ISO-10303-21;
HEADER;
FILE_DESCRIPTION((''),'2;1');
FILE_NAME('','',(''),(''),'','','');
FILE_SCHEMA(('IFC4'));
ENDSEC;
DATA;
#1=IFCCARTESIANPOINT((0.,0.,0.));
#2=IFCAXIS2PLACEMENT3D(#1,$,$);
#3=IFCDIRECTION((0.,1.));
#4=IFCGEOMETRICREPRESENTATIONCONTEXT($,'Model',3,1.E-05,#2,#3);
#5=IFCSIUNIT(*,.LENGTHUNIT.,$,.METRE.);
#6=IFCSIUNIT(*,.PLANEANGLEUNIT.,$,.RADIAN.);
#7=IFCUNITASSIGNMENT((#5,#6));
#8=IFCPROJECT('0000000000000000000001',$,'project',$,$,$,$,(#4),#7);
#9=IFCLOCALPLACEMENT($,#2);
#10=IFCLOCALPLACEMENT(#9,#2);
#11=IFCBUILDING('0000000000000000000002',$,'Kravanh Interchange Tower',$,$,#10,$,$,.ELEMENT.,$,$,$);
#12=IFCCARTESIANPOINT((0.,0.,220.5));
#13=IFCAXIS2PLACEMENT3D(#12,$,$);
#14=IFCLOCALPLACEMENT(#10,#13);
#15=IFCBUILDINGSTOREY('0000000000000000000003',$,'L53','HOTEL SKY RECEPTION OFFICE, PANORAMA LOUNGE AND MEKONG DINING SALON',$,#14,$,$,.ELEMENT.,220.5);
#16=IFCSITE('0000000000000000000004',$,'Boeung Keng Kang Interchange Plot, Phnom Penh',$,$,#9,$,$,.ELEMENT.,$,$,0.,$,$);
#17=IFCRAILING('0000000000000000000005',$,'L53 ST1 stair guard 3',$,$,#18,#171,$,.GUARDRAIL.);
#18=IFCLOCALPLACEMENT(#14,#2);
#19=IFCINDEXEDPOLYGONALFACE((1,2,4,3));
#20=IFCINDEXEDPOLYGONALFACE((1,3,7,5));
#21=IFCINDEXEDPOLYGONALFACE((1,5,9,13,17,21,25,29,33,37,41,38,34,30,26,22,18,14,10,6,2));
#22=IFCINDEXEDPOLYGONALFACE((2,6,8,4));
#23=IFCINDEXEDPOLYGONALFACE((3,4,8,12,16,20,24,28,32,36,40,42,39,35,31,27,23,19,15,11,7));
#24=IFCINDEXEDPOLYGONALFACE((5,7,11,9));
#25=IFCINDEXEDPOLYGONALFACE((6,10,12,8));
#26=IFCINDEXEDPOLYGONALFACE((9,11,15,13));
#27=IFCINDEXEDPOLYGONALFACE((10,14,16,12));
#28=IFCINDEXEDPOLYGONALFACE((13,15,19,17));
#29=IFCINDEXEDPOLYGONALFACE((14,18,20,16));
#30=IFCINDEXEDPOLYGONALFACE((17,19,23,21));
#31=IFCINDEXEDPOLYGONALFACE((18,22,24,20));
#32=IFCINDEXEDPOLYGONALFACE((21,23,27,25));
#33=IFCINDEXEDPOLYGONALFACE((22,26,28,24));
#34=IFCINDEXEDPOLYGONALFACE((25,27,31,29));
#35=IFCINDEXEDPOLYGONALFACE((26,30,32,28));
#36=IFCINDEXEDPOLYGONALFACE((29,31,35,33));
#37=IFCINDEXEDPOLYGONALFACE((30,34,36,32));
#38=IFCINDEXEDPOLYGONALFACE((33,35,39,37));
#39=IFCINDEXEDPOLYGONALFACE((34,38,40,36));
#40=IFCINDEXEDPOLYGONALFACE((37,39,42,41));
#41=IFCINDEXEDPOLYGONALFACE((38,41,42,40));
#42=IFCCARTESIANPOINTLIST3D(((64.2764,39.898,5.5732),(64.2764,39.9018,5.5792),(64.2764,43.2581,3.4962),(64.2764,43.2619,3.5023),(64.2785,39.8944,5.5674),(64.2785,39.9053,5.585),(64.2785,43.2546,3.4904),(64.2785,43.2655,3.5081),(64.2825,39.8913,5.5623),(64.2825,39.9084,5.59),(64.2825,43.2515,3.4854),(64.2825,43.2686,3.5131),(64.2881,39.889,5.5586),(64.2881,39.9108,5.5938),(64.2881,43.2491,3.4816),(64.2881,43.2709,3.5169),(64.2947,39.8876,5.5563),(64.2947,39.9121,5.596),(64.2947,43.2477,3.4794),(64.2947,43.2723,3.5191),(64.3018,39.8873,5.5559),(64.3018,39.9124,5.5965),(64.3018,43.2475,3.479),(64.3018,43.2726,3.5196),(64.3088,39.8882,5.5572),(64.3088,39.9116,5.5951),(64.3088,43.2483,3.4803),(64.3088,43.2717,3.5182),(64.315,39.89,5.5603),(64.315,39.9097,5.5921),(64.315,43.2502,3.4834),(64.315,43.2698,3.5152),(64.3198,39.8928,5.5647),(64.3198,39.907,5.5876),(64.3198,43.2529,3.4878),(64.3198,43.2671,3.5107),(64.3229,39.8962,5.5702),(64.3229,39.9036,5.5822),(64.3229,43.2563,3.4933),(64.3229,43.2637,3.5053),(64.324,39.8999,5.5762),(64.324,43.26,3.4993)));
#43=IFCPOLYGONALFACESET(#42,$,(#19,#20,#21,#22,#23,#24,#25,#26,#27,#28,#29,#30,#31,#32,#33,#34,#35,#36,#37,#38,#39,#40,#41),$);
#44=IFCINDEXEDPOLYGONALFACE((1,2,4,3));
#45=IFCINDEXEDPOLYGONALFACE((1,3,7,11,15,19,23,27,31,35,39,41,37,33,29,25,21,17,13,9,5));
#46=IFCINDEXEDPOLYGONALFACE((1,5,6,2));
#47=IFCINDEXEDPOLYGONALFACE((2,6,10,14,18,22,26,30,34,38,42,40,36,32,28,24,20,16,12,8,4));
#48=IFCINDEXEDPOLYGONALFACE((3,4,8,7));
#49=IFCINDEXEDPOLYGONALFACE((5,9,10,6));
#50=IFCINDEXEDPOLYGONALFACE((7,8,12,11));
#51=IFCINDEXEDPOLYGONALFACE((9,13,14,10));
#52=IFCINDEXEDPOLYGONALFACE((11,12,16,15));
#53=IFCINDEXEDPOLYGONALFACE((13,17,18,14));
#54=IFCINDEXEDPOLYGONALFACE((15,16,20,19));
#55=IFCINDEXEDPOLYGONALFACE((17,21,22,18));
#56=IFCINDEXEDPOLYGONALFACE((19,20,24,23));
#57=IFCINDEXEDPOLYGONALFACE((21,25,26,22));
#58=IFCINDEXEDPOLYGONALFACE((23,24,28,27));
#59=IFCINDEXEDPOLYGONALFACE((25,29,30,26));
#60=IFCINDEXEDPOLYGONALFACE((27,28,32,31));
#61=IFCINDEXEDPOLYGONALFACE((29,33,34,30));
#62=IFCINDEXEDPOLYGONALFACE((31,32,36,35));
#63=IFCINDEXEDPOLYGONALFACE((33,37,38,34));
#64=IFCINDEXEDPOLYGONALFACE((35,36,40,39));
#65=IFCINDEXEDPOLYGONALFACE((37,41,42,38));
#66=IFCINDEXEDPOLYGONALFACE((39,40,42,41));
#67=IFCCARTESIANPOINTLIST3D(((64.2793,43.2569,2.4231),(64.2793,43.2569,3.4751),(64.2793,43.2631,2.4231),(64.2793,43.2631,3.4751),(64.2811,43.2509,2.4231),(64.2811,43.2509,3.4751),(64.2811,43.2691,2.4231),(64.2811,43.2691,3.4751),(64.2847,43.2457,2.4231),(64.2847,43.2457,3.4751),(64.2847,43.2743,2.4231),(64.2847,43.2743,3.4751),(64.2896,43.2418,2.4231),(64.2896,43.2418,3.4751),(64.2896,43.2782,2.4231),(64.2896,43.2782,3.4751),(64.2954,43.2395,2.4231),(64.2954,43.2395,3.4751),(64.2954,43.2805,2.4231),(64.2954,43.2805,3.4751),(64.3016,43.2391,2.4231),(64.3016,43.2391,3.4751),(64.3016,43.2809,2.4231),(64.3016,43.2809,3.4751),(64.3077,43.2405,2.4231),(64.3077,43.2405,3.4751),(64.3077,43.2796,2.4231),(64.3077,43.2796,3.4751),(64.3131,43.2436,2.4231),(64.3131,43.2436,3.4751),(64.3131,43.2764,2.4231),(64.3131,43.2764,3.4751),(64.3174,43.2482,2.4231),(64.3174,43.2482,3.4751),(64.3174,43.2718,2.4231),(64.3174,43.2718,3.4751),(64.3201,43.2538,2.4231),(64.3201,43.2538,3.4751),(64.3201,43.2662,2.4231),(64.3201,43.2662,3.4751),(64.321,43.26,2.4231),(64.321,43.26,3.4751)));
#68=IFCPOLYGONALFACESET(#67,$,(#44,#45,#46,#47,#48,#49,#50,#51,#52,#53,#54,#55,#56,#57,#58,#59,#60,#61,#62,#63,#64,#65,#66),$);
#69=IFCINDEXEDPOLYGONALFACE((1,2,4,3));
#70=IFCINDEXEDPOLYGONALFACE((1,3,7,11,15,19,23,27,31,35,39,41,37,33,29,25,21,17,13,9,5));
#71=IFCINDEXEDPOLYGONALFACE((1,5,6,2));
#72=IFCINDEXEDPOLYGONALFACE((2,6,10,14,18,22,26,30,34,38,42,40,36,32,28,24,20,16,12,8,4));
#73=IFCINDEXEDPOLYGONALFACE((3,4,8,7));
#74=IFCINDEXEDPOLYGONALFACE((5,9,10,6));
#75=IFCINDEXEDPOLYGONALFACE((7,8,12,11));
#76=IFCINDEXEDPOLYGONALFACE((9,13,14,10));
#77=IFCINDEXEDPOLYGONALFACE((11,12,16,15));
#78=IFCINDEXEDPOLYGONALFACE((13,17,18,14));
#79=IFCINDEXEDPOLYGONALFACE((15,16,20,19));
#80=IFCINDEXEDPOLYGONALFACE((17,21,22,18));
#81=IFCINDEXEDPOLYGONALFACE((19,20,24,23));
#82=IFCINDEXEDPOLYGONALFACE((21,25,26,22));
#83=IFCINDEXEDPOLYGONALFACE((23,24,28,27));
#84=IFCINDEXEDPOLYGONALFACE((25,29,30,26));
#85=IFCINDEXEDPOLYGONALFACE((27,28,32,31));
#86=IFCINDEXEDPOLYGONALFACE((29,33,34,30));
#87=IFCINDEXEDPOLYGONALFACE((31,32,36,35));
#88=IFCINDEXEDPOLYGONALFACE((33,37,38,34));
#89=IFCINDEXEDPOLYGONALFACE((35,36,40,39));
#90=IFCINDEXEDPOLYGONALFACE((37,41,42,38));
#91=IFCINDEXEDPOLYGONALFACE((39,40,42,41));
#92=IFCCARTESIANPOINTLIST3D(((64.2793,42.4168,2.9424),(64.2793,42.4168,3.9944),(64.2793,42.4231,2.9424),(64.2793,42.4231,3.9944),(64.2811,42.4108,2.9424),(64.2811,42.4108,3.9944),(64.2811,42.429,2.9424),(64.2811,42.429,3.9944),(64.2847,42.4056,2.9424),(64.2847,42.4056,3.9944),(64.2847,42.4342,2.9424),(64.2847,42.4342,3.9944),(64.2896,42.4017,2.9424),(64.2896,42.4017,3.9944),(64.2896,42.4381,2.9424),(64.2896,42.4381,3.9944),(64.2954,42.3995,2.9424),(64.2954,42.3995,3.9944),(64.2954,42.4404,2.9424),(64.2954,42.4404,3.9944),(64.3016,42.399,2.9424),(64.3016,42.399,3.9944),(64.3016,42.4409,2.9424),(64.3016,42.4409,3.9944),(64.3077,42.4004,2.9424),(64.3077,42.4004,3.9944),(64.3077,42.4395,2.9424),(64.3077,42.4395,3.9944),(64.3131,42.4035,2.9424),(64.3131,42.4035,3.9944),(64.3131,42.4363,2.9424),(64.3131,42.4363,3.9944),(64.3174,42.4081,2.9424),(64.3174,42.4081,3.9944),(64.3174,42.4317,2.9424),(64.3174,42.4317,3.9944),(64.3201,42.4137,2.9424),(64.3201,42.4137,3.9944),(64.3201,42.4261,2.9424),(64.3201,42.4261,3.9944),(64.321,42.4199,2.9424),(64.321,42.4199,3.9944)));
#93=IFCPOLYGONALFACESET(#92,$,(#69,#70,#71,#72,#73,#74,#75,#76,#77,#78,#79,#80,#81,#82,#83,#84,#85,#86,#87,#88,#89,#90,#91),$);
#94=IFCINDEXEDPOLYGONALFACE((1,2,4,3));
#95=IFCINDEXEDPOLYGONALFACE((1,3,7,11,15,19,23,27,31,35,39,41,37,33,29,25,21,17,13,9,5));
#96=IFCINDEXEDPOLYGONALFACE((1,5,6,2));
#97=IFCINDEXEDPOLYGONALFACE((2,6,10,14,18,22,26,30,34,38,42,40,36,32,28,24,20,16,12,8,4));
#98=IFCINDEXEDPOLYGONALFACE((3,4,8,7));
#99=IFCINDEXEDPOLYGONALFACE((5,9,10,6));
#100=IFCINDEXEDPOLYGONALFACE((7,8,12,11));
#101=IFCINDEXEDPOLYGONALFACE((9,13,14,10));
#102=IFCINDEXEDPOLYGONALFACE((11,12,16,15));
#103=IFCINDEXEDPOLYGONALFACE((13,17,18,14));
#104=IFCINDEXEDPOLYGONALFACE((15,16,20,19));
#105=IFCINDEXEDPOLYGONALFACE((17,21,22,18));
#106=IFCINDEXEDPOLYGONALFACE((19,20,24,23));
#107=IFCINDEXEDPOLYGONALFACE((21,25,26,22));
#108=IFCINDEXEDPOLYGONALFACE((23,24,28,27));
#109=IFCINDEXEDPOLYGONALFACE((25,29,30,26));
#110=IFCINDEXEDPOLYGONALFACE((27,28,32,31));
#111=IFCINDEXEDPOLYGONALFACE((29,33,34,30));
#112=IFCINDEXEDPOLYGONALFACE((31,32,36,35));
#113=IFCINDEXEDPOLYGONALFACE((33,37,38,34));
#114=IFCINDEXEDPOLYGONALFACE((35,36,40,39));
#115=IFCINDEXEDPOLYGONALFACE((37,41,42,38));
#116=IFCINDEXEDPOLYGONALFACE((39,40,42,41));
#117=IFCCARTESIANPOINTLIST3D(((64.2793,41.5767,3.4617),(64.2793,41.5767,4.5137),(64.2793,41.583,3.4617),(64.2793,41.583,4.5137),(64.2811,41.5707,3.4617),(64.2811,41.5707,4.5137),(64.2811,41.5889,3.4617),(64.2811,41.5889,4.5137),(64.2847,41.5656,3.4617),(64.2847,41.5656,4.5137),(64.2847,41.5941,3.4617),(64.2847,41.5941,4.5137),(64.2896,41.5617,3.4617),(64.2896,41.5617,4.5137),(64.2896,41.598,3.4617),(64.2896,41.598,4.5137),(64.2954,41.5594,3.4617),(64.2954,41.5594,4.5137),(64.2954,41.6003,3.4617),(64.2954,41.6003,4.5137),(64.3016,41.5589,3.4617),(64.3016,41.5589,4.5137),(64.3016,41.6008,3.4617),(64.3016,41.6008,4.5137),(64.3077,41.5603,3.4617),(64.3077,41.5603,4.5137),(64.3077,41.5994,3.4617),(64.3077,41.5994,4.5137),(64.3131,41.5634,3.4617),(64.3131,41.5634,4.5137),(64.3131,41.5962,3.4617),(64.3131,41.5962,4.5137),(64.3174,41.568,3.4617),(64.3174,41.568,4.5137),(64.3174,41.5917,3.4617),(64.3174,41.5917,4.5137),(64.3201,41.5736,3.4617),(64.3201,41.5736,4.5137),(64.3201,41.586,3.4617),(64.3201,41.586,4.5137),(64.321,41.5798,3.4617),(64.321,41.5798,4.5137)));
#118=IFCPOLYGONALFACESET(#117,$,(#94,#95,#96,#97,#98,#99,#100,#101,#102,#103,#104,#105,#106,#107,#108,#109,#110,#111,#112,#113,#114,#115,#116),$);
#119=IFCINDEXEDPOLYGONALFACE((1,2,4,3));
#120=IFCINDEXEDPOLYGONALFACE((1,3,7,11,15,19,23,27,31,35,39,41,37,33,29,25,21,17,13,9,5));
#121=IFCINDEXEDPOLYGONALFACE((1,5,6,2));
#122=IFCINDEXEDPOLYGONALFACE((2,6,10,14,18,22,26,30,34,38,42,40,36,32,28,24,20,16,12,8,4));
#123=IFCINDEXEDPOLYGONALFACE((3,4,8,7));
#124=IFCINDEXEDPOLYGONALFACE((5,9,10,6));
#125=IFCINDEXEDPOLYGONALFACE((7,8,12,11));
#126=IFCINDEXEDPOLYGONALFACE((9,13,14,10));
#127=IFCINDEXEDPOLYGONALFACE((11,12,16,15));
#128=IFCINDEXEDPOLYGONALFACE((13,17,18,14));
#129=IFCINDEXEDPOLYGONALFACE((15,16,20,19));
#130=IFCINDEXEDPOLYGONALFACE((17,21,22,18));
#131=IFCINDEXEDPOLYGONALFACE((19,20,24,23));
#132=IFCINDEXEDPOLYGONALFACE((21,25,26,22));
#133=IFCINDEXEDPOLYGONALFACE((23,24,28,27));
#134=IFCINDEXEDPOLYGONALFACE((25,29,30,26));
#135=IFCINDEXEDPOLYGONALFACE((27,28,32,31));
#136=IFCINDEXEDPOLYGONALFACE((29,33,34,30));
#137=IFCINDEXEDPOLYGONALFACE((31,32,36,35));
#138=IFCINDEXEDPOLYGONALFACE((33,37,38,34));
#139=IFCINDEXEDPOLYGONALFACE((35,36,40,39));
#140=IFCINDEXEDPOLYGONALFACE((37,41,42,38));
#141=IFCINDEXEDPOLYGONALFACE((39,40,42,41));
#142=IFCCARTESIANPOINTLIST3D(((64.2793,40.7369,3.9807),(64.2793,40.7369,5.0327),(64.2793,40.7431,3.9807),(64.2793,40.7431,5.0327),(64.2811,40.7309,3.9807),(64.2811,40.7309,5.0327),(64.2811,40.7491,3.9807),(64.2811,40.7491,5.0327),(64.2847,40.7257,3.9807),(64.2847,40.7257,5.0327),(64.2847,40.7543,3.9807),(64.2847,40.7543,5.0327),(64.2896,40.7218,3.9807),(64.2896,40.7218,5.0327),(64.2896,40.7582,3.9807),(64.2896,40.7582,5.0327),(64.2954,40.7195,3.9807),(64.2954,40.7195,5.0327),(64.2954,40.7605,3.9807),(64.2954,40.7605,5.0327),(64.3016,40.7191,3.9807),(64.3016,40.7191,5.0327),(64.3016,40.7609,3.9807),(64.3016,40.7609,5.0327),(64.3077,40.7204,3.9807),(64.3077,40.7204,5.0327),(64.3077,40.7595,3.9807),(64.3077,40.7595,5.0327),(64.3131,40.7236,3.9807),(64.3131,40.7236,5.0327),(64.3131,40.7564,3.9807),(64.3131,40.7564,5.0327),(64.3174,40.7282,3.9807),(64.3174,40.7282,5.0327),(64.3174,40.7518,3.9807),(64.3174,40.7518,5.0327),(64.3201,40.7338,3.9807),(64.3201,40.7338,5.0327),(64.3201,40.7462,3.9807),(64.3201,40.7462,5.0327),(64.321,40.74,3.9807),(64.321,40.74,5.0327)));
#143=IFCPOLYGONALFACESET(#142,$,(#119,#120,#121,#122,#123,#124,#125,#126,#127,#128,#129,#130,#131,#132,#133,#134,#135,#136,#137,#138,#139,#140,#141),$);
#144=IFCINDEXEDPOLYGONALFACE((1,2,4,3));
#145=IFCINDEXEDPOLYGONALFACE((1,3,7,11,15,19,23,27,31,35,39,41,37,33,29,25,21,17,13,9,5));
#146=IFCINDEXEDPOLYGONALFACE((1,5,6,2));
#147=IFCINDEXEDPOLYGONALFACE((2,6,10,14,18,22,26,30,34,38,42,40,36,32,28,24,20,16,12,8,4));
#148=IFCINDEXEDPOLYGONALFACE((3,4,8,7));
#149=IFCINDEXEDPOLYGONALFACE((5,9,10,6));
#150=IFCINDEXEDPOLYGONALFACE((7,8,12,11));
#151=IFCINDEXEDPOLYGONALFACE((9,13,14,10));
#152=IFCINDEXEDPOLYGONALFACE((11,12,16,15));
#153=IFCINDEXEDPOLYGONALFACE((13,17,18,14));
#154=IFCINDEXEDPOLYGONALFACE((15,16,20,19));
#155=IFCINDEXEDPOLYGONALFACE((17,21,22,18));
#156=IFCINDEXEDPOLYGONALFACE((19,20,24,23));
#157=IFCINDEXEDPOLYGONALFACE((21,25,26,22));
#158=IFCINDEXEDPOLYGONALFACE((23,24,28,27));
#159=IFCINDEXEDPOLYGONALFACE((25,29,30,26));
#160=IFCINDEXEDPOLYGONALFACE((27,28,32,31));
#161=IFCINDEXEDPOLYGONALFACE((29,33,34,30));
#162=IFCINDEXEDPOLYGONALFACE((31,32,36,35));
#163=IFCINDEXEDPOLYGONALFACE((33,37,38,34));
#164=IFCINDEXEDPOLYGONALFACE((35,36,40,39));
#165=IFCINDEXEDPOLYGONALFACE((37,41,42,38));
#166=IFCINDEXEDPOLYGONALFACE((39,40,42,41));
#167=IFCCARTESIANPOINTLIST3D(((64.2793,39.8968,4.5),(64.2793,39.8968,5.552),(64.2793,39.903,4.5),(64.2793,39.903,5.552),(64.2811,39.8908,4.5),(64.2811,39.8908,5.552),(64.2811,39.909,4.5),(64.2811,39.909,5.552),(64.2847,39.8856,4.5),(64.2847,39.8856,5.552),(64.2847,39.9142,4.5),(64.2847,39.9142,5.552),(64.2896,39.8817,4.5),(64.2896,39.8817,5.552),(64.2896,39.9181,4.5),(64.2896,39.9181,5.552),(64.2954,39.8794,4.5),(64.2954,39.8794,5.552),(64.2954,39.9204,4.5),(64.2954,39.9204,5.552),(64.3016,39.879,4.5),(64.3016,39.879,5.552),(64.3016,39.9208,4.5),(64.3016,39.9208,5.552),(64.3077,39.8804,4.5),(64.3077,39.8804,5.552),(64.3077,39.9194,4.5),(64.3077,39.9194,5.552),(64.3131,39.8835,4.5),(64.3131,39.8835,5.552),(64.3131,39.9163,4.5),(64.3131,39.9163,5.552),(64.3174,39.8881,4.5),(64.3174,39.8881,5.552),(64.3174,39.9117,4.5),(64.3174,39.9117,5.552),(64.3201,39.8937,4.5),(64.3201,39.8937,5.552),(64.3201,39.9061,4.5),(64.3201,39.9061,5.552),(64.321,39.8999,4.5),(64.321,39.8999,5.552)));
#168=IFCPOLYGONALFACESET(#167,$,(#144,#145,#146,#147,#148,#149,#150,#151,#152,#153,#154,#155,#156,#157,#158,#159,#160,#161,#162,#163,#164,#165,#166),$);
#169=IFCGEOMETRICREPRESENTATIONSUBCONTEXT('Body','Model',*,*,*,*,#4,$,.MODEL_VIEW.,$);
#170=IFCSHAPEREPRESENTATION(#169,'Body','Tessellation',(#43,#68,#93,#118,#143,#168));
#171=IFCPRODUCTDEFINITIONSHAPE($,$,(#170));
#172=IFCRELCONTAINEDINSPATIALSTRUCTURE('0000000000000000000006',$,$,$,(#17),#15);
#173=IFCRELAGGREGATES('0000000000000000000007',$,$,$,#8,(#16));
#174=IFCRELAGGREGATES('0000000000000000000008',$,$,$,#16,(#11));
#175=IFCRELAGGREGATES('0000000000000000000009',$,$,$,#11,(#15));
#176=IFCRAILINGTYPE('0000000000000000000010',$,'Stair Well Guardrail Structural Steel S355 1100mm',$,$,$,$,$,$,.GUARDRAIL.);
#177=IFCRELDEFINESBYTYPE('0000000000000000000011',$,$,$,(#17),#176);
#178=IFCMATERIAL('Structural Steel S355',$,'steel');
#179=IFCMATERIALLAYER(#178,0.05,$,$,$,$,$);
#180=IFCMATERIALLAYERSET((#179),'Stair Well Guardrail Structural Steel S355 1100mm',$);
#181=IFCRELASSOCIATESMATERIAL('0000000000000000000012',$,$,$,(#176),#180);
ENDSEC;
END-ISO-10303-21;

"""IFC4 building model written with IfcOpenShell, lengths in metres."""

from ifc_helpers import new_model, si_unit, direction, frame, origin, origin_2d, place, context, subcontext, project, spatial, circle, extrude, material, layer, layer_set, type_object, element, save


model = new_model("IFC4")

# Units and contexts
model_context = context("Model", 3, precision=1e-05, world=origin(), true_north=direction((0.0, 1.0)))
body_context = subcontext(model_context, "Body", "Model", "MODEL_VIEW")
ifc_project = project(units=[si_unit("LENGTHUNIT", "METRE"), si_unit("PLANEANGLEUNIT", "RADIAN")], contexts=[model_context])

# Site, building, storey
site_placement = place(None, origin())
site = spatial("IfcSite", under=ifc_project, at=site_placement, Name="Boeung Keng Kang Interchange Plot, Phnom Penh", CompositionType="ELEMENT", RefElevation=0.0)
building_placement = place(site_placement, origin())
building = spatial("IfcBuilding", under=site, at=building_placement, Name="Kravanh Interchange Tower", CompositionType="ELEMENT")
storey_placement = place(building_placement, frame((0.0, 0.0, 220.5)))
storey = spatial("IfcBuildingStorey", under=building, at=storey_placement, Name="L53", Description="HOTEL SKY RECEPTION OFFICE, PANORAMA LOUNGE AND MEKONG DINING SALON", CompositionType="ELEMENT", Elevation=220.5)

# Railing
ifc_material_1 = material(Name="Structural Steel S355", Category="steel")
ifc_layer_1 = layer(ifc_material_1, 0.05)
ifc_layer_set_1 = layer_set([ifc_layer_1], Name="Stair Well Guardrail Structural Steel S355 1100mm")
railing_type_1 = type_object("IfcRailingType", Name="Stair Well Guardrail Structural Steel S355 1100mm", PredefinedType="GUARDRAIL", material=ifc_layer_set_1)
railing_1_placement = place(storey_placement, frame((64.3, 43.26, 2.4231)))
element("IfcRailing", 1, at=railing_1_placement, inside=storey, type_object=railing_type_1, Name="L53 ST1 stair guard 3", PredefinedType="GUARDRAIL", context=body_context, shape_type="SweptSolid", body=[
    extrude(circle(Radius=0.0239, at=origin_2d()), frame((0.0, 0.0, 1.0762), z_axis=(0.0, -0.850623, 0.525776), x_axis=(1.0, 0.0, 0.0)), (0.0, 0.0, 1.0), 3.9502),
    extrude(circle(Radius=0.021, at=origin_2d()), origin(), (0.0, 0.0, 1.0), 1.052),
    extrude(circle(Radius=0.021, at=origin_2d()), frame((0.0, -0.8401, 0.5193)), (0.0, 0.0, 1.0), 1.052),
    extrude(circle(Radius=0.021, at=origin_2d()), frame((0.0, -1.6802, 1.0386)), (0.0, 0.0, 1.0), 1.052),
    extrude(circle(Radius=0.021, at=origin_2d()), frame((0.0, -2.52, 1.5576)), (0.0, 0.0, 1.0), 1.052),
    extrude(circle(Radius=0.021, at=origin_2d()), frame((0.0, -3.3601, 2.0769)), (0.0, 0.0, 1.0), 1.052),
])

save(model, "model.ifc")
